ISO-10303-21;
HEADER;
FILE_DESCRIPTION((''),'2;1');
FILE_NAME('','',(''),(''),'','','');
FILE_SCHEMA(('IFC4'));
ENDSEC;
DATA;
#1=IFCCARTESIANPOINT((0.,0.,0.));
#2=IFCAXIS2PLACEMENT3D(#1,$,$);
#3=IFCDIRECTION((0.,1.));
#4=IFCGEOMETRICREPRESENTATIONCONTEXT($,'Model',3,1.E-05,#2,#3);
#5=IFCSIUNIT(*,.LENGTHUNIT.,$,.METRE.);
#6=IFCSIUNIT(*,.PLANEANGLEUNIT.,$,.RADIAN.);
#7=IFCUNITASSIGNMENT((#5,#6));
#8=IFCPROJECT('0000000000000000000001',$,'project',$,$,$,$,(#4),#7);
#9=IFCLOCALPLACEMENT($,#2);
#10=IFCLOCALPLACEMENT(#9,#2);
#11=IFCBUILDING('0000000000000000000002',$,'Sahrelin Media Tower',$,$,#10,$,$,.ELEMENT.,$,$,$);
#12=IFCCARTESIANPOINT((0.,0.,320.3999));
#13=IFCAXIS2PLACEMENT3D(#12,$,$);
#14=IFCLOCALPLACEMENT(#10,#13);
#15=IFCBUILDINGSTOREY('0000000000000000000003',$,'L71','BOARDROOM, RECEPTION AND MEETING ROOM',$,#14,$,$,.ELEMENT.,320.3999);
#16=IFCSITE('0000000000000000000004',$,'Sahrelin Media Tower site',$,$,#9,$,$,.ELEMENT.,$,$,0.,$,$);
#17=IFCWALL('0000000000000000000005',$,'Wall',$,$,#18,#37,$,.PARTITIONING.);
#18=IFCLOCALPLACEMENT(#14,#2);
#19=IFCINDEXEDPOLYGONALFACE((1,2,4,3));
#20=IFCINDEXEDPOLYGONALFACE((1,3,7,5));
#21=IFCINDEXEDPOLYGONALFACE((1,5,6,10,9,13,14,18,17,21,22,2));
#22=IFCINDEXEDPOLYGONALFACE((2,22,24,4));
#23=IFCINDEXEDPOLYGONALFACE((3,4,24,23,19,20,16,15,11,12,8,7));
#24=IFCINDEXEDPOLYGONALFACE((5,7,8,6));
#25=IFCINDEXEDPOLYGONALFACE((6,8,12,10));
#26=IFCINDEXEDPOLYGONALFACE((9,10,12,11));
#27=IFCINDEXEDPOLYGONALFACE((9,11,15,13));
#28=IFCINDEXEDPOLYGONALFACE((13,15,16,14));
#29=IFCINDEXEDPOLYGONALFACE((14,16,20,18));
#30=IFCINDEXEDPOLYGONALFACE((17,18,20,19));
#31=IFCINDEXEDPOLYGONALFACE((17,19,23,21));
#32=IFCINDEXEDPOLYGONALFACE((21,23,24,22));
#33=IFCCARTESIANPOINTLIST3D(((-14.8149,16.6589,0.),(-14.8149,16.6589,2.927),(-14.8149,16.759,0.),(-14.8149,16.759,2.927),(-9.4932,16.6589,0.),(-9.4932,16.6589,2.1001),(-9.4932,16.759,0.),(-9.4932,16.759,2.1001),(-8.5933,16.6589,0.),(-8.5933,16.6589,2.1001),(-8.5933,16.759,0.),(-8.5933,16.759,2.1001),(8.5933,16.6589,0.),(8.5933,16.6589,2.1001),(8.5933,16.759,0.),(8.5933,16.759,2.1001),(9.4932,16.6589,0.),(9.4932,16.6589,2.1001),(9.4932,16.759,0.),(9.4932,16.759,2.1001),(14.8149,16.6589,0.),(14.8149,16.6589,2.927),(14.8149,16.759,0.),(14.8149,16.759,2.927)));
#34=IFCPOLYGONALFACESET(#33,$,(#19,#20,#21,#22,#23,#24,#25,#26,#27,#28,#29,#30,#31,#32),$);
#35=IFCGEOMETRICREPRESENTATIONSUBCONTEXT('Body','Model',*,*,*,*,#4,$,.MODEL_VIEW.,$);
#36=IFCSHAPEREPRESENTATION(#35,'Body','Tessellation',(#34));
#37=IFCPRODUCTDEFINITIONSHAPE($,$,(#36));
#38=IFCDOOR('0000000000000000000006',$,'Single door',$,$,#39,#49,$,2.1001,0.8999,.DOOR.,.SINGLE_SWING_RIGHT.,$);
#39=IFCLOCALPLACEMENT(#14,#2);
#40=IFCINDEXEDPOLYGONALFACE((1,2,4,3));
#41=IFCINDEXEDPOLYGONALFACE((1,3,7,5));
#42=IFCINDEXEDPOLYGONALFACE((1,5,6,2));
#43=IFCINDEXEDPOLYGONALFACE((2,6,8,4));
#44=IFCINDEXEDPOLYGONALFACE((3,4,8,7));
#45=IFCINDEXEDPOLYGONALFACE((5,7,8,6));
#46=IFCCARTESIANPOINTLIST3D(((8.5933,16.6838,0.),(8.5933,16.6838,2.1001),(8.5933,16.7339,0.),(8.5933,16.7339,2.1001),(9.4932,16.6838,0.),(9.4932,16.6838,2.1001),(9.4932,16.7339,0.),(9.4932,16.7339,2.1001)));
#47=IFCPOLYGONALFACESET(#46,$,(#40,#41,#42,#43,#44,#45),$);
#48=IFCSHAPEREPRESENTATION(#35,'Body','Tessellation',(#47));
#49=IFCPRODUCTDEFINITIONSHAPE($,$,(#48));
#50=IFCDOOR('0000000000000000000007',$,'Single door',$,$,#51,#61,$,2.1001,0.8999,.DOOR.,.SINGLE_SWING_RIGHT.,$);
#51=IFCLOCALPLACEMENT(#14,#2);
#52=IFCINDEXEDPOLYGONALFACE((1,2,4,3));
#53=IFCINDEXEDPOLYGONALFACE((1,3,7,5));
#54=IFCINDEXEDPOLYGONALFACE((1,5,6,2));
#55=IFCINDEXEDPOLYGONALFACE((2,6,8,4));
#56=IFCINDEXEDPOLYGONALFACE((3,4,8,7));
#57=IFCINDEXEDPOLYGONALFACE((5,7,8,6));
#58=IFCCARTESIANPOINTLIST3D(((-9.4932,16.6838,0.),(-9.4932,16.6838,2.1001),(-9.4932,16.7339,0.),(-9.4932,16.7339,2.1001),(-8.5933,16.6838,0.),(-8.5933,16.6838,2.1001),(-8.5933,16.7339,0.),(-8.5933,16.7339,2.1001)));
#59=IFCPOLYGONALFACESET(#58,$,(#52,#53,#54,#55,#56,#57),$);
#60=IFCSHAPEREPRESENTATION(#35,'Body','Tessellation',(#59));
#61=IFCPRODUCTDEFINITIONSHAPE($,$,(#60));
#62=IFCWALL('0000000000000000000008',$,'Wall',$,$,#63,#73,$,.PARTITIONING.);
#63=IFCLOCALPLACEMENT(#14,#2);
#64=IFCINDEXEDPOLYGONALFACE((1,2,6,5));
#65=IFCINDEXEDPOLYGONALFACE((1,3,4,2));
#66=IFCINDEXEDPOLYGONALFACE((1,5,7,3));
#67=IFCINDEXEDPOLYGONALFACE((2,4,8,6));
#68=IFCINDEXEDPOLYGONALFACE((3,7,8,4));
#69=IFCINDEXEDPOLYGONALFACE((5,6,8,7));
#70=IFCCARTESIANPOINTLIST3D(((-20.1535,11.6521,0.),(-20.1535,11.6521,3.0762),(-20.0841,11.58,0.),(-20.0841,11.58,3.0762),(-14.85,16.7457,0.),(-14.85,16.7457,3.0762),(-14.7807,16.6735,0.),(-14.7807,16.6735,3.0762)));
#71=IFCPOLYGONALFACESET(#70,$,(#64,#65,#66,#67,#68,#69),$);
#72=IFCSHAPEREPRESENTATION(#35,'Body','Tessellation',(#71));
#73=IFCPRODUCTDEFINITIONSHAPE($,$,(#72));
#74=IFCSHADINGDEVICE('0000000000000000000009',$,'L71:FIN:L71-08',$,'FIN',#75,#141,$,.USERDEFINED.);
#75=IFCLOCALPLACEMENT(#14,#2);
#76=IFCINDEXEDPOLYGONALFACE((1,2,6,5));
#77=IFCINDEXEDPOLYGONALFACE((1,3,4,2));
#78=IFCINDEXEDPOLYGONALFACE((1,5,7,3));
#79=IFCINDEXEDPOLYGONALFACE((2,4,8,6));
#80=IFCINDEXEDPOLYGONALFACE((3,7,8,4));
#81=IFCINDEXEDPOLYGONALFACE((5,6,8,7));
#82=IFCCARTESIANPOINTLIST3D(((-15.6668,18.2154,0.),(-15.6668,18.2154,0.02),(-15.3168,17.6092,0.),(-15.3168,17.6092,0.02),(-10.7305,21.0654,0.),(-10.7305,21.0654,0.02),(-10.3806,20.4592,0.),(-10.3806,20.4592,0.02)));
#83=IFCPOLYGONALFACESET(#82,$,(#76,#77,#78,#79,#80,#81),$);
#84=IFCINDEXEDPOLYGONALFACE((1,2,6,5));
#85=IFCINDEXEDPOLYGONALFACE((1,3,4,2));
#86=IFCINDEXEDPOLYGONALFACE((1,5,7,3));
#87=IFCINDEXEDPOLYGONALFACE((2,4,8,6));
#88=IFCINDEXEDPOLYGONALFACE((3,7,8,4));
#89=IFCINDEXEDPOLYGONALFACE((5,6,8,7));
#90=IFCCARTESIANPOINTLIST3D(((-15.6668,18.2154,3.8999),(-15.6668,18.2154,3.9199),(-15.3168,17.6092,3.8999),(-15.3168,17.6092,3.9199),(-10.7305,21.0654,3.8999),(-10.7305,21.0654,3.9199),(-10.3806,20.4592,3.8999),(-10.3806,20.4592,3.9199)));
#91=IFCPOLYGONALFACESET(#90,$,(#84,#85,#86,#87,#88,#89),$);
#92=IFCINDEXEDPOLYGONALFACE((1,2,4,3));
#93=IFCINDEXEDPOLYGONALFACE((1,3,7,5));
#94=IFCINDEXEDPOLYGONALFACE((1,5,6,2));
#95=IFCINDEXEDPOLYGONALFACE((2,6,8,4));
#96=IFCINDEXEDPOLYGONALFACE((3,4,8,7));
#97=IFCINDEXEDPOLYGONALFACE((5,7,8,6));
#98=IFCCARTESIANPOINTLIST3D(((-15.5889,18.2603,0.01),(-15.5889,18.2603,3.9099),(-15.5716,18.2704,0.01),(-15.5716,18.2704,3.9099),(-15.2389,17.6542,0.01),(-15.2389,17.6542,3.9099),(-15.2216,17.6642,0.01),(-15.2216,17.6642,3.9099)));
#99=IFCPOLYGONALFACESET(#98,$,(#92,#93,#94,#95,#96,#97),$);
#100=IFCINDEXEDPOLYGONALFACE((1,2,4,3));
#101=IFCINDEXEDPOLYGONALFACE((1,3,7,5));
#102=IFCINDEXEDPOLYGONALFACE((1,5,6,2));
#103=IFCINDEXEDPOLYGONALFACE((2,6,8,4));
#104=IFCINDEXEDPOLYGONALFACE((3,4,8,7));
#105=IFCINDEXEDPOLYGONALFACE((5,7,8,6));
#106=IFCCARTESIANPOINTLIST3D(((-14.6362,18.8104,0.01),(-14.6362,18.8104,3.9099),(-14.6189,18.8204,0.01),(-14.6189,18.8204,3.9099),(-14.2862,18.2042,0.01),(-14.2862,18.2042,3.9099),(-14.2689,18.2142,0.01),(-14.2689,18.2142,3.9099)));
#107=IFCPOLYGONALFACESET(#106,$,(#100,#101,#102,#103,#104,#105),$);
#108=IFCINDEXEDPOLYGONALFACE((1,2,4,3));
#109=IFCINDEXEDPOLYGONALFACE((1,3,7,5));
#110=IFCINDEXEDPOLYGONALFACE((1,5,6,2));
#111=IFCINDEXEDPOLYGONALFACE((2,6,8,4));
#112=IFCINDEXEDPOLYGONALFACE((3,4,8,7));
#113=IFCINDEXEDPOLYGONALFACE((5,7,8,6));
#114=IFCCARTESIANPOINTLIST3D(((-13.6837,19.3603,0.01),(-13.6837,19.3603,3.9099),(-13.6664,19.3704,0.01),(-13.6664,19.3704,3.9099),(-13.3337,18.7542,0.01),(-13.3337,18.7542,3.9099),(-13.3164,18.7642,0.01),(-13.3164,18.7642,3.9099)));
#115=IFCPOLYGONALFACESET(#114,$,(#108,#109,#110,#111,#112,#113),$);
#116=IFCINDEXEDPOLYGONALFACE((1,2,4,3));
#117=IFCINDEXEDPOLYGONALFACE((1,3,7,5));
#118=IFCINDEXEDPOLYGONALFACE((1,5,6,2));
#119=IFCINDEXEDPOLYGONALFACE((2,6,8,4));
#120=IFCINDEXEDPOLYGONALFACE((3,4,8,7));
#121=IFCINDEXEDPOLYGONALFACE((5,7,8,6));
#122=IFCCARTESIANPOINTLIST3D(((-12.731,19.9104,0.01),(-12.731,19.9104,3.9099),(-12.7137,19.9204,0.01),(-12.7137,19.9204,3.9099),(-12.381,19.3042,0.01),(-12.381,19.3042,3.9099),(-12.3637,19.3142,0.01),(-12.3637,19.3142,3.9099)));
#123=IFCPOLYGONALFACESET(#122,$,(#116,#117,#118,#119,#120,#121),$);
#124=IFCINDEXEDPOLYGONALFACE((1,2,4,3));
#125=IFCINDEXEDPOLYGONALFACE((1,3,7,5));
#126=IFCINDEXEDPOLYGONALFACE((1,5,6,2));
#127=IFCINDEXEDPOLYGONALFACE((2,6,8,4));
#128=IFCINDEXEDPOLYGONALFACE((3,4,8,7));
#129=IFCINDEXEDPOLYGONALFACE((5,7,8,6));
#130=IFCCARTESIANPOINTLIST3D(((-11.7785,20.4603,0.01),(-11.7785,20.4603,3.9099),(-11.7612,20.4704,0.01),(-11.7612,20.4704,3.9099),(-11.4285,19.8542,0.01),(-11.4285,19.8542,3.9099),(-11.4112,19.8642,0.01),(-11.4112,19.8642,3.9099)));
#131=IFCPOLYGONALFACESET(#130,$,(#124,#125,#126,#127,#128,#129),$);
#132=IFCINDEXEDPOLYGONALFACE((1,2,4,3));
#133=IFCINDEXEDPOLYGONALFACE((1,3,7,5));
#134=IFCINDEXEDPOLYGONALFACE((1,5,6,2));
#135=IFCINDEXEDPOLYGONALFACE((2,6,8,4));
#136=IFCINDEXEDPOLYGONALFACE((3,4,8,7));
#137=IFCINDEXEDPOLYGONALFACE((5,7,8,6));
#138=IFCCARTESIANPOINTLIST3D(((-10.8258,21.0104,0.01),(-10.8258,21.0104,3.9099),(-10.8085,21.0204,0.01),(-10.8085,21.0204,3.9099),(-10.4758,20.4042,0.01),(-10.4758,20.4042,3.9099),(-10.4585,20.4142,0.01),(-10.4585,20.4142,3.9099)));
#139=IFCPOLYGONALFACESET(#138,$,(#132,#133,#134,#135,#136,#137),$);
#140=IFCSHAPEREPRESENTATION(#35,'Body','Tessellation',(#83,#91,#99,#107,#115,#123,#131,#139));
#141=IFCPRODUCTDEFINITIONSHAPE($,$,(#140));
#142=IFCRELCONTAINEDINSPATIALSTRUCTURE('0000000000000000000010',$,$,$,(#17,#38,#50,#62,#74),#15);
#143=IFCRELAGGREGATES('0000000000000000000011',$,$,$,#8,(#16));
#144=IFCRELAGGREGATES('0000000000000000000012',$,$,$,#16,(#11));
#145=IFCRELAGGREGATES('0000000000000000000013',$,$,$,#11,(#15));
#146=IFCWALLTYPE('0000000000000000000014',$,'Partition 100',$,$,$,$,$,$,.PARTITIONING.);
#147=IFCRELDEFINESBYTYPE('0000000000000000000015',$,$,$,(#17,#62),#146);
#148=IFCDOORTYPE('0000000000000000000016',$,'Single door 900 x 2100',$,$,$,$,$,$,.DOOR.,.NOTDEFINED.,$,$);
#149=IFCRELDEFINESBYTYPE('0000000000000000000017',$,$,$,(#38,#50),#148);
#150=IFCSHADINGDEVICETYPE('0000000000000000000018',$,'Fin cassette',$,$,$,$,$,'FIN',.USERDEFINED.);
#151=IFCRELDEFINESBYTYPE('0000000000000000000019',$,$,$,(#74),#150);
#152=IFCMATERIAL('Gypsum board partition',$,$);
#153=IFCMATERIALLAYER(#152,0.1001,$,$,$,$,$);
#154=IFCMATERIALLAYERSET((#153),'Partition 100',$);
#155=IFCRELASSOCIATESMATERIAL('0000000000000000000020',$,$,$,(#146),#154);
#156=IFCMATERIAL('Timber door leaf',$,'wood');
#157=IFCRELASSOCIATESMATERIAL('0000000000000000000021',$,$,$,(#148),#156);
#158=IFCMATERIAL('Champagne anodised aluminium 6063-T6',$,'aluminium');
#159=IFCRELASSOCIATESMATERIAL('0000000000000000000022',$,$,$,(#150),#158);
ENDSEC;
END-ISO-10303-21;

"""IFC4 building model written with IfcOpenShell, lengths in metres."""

from ifc_helpers import new_model, si_unit, direction, frame, frame_2d, origin, origin_2d, place, context, subcontext, project, spatial, rectangle, extrude, material, layer, layer_set, type_object, element, fill, save


model = new_model("IFC4")

# Units and contexts
model_context = context("Model", 3, precision=1e-05, world=origin(), true_north=direction((0.0, 1.0)))
body_context = subcontext(model_context, "Body", "Model", "MODEL_VIEW")
ifc_project = project(units=[si_unit("LENGTHUNIT", "METRE"), si_unit("PLANEANGLEUNIT", "RADIAN")], contexts=[model_context])

# Site, building, storey
site_placement = place(None, origin())
site = spatial("IfcSite", under=ifc_project, at=site_placement, Name="Sahrelin Media Tower site", CompositionType="ELEMENT", RefElevation=0.0)
building_placement = place(site_placement, origin())
building = spatial("IfcBuilding", under=site, at=building_placement, Name="Sahrelin Media Tower", CompositionType="ELEMENT")
storey_placement = place(building_placement, frame((0.0, 0.0, 320.3999)))
storey = spatial("IfcBuildingStorey", under=building, at=storey_placement, Name="L71", Description="BOARDROOM, RECEPTION AND MEETING ROOM", CompositionType="ELEMENT", Elevation=320.3999)

# Shared definitions
ifc_material_1 = material(Name="Champagne anodised aluminium 6063-T6", Category="aluminium")

# Wall, openings, doors
ifc_material_2 = material(Name="Gypsum board partition")
ifc_layer_1 = layer(ifc_material_2, 0.1001)
ifc_layer_set_1 = layer_set([ifc_layer_1], Name="Partition 100")
wall_type_1 = type_object("IfcWallType", Name="Partition 100", PredefinedType="PARTITIONING", material=ifc_layer_set_1)
wall_1_placement = place(storey_placement, frame((-14.8149, 16.709, 0.0), z_axis=(0.0, 0.0, 1.0), x_axis=(1.0, 0.0, 0.0)))
wall_1 = element("IfcWall", 1, at=wall_1_placement, inside=storey, type_object=wall_type_1, Name="Wall", PredefinedType="PARTITIONING", context=body_context, shape_type="SweptSolid", body=[
    extrude(rectangle(XDim=29.6299, YDim=0.1001, at=frame_2d((14.8149, 0.0))), origin(), (0.0, 0.0, 1.0), 2.927),
])
opening_1_placement = place(wall_1_placement, frame((23.4082, 0.0, 0.0)))
opening_1 = element("IfcOpeningElement", 2, at=opening_1_placement, cuts=wall_1, PredefinedType="OPENING", context=body_context, shape_type="SweptSolid", body=[
    extrude(rectangle(XDim=0.8999, YDim=2.1001, at=frame_2d((0.45, 1.05))), frame((0.0, 0.05, 0.0), z_axis=(0.0, -1.0, 0.0), x_axis=(1.0, 0.0, 0.0)), (0.0, 0.0, 1.0), 0.1001),
])
opening_2_placement = place(wall_1_placement, frame((5.3218, 0.0, 0.0)))
opening_2 = element("IfcOpeningElement", 3, at=opening_2_placement, cuts=wall_1, PredefinedType="OPENING", context=body_context, shape_type="SweptSolid", body=[
    extrude(rectangle(XDim=0.8999, YDim=2.1001, at=frame_2d((0.45, 1.05))), frame((0.0, 0.05, 0.0), z_axis=(0.0, -1.0, 0.0), x_axis=(1.0, 0.0, 0.0)), (0.0, 0.0, 1.0), 0.1001),
])
ifc_material_3 = material(Name="Timber door leaf", Category="wood")
door_type_1 = type_object("IfcDoorType", Name="Single door 900 x 2100", OperationType="NOTDEFINED", PredefinedType="DOOR", material=ifc_material_3)
door_1_placement = place(opening_1_placement, origin())
door_1 = element("IfcDoor", 4, at=door_1_placement, inside=storey, type_object=door_type_1, Name="Single door", OperationType="SINGLE_SWING_RIGHT", OverallHeight=2.1001, OverallWidth=0.8999, PredefinedType="DOOR", context=body_context, shape_type="SweptSolid", body=[
    extrude(rectangle(XDim=0.8999, YDim=2.1001, at=frame_2d((0.45, 1.05))), frame((0.0, 0.0249, 0.0), z_axis=(0.0, -1.0, 0.0), x_axis=(1.0, 0.0, 0.0)), (0.0, 0.0, 1.0), 0.05),
])
fill(opening_1, door_1)
door_2_placement = place(opening_2_placement, origin())
door_2 = element("IfcDoor", 5, at=door_2_placement, inside=storey, type_object=door_type_1, Name="Single door", OperationType="SINGLE_SWING_RIGHT", OverallHeight=2.1001, OverallWidth=0.8999, PredefinedType="DOOR", context=body_context, shape_type="SweptSolid", body=[
    extrude(rectangle(XDim=0.8999, YDim=2.1001, at=frame_2d((0.45, 1.05))), frame((0.0, 0.0249, 0.0), z_axis=(0.0, -1.0, 0.0), x_axis=(1.0, 0.0, 0.0)), (0.0, 0.0, 1.0), 0.05),
])
fill(opening_2, door_2)

# Wall
wall_2_placement = place(storey_placement, frame((-20.1189, 11.616, 0.0), z_axis=(0.0, 0.0, 1.0), x_axis=(0.721239, 0.692686, 0.0)))
element("IfcWall", 6, at=wall_2_placement, inside=storey, type_object=wall_type_1, Name="Wall", PredefinedType="PARTITIONING", context=body_context, shape_type="SweptSolid", body=[
    extrude(rectangle(XDim=7.3533, YDim=0.1001, at=frame_2d((3.6768, 0.0))), origin(), (0.0, 0.0, 1.0), 3.0762),
])

# Shading device
shading_device_type_1 = type_object("IfcShadingDeviceType", Name="Fin cassette", ElementType="FIN", PredefinedType="USERDEFINED", material=ifc_material_1)
placement_1 = place(storey_placement, frame((-12.8137, 18.9736, 0.0), z_axis=(0.0, 0.0, 1.0), x_axis=(0.866019, 0.500011, 0.0)))
element("IfcShadingDevice", 7, at=placement_1, inside=storey, type_object=shading_device_type_1, Name="L71:FIN:L71-08", ObjectType="FIN", PredefinedType="USERDEFINED", context=body_context, shape_type="SweptSolid", body=[
    extrude(rectangle(XDim=5.7, YDim=0.7, at=origin_2d()), frame((0.0, 0.4199, 0.0)), (0.0, 0.0, 1.0), 0.02),
    extrude(rectangle(XDim=5.7, YDim=0.7, at=origin_2d()), frame((0.0, 0.4199, 3.8999)), (0.0, 0.0, 1.0), 0.02),
    extrude(rectangle(XDim=0.02, YDim=0.7, at=origin_2d()), frame((-2.75, 0.4199, 0.01), z_axis=(0.0, 0.0, 1.0), x_axis=(1.0, 0.0, 0.0)), (0.0, 0.0, 1.0), 3.8999),
    extrude(rectangle(XDim=0.02, YDim=0.7, at=origin_2d()), frame((-1.6499, 0.4199, 0.01), z_axis=(0.0, 0.0, 1.0), x_axis=(1.0, 0.0, 0.0)), (0.0, 0.0, 1.0), 3.8999),
    extrude(rectangle(XDim=0.02, YDim=0.7, at=origin_2d()), frame((-0.55, 0.4199, 0.01), z_axis=(0.0, 0.0, 1.0), x_axis=(1.0, 0.0, 0.0)), (0.0, 0.0, 1.0), 3.8999),
    extrude(rectangle(XDim=0.02, YDim=0.7, at=origin_2d()), frame((0.55, 0.4199, 0.01), z_axis=(0.0, 0.0, 1.0), x_axis=(1.0, 0.0, 0.0)), (0.0, 0.0, 1.0), 3.8999),
    extrude(rectangle(XDim=0.02, YDim=0.7, at=origin_2d()), frame((1.6499, 0.4199, 0.01), z_axis=(0.0, 0.0, 1.0), x_axis=(1.0, 0.0, 0.0)), (0.0, 0.0, 1.0), 3.8999),
    extrude(rectangle(XDim=0.02, YDim=0.7, at=origin_2d()), frame((2.75, 0.4199, 0.01), z_axis=(0.0, 0.0, 1.0), x_axis=(1.0, 0.0, 0.0)), (0.0, 0.0, 1.0), 3.8999),
])

save(model, "model.ifc")
